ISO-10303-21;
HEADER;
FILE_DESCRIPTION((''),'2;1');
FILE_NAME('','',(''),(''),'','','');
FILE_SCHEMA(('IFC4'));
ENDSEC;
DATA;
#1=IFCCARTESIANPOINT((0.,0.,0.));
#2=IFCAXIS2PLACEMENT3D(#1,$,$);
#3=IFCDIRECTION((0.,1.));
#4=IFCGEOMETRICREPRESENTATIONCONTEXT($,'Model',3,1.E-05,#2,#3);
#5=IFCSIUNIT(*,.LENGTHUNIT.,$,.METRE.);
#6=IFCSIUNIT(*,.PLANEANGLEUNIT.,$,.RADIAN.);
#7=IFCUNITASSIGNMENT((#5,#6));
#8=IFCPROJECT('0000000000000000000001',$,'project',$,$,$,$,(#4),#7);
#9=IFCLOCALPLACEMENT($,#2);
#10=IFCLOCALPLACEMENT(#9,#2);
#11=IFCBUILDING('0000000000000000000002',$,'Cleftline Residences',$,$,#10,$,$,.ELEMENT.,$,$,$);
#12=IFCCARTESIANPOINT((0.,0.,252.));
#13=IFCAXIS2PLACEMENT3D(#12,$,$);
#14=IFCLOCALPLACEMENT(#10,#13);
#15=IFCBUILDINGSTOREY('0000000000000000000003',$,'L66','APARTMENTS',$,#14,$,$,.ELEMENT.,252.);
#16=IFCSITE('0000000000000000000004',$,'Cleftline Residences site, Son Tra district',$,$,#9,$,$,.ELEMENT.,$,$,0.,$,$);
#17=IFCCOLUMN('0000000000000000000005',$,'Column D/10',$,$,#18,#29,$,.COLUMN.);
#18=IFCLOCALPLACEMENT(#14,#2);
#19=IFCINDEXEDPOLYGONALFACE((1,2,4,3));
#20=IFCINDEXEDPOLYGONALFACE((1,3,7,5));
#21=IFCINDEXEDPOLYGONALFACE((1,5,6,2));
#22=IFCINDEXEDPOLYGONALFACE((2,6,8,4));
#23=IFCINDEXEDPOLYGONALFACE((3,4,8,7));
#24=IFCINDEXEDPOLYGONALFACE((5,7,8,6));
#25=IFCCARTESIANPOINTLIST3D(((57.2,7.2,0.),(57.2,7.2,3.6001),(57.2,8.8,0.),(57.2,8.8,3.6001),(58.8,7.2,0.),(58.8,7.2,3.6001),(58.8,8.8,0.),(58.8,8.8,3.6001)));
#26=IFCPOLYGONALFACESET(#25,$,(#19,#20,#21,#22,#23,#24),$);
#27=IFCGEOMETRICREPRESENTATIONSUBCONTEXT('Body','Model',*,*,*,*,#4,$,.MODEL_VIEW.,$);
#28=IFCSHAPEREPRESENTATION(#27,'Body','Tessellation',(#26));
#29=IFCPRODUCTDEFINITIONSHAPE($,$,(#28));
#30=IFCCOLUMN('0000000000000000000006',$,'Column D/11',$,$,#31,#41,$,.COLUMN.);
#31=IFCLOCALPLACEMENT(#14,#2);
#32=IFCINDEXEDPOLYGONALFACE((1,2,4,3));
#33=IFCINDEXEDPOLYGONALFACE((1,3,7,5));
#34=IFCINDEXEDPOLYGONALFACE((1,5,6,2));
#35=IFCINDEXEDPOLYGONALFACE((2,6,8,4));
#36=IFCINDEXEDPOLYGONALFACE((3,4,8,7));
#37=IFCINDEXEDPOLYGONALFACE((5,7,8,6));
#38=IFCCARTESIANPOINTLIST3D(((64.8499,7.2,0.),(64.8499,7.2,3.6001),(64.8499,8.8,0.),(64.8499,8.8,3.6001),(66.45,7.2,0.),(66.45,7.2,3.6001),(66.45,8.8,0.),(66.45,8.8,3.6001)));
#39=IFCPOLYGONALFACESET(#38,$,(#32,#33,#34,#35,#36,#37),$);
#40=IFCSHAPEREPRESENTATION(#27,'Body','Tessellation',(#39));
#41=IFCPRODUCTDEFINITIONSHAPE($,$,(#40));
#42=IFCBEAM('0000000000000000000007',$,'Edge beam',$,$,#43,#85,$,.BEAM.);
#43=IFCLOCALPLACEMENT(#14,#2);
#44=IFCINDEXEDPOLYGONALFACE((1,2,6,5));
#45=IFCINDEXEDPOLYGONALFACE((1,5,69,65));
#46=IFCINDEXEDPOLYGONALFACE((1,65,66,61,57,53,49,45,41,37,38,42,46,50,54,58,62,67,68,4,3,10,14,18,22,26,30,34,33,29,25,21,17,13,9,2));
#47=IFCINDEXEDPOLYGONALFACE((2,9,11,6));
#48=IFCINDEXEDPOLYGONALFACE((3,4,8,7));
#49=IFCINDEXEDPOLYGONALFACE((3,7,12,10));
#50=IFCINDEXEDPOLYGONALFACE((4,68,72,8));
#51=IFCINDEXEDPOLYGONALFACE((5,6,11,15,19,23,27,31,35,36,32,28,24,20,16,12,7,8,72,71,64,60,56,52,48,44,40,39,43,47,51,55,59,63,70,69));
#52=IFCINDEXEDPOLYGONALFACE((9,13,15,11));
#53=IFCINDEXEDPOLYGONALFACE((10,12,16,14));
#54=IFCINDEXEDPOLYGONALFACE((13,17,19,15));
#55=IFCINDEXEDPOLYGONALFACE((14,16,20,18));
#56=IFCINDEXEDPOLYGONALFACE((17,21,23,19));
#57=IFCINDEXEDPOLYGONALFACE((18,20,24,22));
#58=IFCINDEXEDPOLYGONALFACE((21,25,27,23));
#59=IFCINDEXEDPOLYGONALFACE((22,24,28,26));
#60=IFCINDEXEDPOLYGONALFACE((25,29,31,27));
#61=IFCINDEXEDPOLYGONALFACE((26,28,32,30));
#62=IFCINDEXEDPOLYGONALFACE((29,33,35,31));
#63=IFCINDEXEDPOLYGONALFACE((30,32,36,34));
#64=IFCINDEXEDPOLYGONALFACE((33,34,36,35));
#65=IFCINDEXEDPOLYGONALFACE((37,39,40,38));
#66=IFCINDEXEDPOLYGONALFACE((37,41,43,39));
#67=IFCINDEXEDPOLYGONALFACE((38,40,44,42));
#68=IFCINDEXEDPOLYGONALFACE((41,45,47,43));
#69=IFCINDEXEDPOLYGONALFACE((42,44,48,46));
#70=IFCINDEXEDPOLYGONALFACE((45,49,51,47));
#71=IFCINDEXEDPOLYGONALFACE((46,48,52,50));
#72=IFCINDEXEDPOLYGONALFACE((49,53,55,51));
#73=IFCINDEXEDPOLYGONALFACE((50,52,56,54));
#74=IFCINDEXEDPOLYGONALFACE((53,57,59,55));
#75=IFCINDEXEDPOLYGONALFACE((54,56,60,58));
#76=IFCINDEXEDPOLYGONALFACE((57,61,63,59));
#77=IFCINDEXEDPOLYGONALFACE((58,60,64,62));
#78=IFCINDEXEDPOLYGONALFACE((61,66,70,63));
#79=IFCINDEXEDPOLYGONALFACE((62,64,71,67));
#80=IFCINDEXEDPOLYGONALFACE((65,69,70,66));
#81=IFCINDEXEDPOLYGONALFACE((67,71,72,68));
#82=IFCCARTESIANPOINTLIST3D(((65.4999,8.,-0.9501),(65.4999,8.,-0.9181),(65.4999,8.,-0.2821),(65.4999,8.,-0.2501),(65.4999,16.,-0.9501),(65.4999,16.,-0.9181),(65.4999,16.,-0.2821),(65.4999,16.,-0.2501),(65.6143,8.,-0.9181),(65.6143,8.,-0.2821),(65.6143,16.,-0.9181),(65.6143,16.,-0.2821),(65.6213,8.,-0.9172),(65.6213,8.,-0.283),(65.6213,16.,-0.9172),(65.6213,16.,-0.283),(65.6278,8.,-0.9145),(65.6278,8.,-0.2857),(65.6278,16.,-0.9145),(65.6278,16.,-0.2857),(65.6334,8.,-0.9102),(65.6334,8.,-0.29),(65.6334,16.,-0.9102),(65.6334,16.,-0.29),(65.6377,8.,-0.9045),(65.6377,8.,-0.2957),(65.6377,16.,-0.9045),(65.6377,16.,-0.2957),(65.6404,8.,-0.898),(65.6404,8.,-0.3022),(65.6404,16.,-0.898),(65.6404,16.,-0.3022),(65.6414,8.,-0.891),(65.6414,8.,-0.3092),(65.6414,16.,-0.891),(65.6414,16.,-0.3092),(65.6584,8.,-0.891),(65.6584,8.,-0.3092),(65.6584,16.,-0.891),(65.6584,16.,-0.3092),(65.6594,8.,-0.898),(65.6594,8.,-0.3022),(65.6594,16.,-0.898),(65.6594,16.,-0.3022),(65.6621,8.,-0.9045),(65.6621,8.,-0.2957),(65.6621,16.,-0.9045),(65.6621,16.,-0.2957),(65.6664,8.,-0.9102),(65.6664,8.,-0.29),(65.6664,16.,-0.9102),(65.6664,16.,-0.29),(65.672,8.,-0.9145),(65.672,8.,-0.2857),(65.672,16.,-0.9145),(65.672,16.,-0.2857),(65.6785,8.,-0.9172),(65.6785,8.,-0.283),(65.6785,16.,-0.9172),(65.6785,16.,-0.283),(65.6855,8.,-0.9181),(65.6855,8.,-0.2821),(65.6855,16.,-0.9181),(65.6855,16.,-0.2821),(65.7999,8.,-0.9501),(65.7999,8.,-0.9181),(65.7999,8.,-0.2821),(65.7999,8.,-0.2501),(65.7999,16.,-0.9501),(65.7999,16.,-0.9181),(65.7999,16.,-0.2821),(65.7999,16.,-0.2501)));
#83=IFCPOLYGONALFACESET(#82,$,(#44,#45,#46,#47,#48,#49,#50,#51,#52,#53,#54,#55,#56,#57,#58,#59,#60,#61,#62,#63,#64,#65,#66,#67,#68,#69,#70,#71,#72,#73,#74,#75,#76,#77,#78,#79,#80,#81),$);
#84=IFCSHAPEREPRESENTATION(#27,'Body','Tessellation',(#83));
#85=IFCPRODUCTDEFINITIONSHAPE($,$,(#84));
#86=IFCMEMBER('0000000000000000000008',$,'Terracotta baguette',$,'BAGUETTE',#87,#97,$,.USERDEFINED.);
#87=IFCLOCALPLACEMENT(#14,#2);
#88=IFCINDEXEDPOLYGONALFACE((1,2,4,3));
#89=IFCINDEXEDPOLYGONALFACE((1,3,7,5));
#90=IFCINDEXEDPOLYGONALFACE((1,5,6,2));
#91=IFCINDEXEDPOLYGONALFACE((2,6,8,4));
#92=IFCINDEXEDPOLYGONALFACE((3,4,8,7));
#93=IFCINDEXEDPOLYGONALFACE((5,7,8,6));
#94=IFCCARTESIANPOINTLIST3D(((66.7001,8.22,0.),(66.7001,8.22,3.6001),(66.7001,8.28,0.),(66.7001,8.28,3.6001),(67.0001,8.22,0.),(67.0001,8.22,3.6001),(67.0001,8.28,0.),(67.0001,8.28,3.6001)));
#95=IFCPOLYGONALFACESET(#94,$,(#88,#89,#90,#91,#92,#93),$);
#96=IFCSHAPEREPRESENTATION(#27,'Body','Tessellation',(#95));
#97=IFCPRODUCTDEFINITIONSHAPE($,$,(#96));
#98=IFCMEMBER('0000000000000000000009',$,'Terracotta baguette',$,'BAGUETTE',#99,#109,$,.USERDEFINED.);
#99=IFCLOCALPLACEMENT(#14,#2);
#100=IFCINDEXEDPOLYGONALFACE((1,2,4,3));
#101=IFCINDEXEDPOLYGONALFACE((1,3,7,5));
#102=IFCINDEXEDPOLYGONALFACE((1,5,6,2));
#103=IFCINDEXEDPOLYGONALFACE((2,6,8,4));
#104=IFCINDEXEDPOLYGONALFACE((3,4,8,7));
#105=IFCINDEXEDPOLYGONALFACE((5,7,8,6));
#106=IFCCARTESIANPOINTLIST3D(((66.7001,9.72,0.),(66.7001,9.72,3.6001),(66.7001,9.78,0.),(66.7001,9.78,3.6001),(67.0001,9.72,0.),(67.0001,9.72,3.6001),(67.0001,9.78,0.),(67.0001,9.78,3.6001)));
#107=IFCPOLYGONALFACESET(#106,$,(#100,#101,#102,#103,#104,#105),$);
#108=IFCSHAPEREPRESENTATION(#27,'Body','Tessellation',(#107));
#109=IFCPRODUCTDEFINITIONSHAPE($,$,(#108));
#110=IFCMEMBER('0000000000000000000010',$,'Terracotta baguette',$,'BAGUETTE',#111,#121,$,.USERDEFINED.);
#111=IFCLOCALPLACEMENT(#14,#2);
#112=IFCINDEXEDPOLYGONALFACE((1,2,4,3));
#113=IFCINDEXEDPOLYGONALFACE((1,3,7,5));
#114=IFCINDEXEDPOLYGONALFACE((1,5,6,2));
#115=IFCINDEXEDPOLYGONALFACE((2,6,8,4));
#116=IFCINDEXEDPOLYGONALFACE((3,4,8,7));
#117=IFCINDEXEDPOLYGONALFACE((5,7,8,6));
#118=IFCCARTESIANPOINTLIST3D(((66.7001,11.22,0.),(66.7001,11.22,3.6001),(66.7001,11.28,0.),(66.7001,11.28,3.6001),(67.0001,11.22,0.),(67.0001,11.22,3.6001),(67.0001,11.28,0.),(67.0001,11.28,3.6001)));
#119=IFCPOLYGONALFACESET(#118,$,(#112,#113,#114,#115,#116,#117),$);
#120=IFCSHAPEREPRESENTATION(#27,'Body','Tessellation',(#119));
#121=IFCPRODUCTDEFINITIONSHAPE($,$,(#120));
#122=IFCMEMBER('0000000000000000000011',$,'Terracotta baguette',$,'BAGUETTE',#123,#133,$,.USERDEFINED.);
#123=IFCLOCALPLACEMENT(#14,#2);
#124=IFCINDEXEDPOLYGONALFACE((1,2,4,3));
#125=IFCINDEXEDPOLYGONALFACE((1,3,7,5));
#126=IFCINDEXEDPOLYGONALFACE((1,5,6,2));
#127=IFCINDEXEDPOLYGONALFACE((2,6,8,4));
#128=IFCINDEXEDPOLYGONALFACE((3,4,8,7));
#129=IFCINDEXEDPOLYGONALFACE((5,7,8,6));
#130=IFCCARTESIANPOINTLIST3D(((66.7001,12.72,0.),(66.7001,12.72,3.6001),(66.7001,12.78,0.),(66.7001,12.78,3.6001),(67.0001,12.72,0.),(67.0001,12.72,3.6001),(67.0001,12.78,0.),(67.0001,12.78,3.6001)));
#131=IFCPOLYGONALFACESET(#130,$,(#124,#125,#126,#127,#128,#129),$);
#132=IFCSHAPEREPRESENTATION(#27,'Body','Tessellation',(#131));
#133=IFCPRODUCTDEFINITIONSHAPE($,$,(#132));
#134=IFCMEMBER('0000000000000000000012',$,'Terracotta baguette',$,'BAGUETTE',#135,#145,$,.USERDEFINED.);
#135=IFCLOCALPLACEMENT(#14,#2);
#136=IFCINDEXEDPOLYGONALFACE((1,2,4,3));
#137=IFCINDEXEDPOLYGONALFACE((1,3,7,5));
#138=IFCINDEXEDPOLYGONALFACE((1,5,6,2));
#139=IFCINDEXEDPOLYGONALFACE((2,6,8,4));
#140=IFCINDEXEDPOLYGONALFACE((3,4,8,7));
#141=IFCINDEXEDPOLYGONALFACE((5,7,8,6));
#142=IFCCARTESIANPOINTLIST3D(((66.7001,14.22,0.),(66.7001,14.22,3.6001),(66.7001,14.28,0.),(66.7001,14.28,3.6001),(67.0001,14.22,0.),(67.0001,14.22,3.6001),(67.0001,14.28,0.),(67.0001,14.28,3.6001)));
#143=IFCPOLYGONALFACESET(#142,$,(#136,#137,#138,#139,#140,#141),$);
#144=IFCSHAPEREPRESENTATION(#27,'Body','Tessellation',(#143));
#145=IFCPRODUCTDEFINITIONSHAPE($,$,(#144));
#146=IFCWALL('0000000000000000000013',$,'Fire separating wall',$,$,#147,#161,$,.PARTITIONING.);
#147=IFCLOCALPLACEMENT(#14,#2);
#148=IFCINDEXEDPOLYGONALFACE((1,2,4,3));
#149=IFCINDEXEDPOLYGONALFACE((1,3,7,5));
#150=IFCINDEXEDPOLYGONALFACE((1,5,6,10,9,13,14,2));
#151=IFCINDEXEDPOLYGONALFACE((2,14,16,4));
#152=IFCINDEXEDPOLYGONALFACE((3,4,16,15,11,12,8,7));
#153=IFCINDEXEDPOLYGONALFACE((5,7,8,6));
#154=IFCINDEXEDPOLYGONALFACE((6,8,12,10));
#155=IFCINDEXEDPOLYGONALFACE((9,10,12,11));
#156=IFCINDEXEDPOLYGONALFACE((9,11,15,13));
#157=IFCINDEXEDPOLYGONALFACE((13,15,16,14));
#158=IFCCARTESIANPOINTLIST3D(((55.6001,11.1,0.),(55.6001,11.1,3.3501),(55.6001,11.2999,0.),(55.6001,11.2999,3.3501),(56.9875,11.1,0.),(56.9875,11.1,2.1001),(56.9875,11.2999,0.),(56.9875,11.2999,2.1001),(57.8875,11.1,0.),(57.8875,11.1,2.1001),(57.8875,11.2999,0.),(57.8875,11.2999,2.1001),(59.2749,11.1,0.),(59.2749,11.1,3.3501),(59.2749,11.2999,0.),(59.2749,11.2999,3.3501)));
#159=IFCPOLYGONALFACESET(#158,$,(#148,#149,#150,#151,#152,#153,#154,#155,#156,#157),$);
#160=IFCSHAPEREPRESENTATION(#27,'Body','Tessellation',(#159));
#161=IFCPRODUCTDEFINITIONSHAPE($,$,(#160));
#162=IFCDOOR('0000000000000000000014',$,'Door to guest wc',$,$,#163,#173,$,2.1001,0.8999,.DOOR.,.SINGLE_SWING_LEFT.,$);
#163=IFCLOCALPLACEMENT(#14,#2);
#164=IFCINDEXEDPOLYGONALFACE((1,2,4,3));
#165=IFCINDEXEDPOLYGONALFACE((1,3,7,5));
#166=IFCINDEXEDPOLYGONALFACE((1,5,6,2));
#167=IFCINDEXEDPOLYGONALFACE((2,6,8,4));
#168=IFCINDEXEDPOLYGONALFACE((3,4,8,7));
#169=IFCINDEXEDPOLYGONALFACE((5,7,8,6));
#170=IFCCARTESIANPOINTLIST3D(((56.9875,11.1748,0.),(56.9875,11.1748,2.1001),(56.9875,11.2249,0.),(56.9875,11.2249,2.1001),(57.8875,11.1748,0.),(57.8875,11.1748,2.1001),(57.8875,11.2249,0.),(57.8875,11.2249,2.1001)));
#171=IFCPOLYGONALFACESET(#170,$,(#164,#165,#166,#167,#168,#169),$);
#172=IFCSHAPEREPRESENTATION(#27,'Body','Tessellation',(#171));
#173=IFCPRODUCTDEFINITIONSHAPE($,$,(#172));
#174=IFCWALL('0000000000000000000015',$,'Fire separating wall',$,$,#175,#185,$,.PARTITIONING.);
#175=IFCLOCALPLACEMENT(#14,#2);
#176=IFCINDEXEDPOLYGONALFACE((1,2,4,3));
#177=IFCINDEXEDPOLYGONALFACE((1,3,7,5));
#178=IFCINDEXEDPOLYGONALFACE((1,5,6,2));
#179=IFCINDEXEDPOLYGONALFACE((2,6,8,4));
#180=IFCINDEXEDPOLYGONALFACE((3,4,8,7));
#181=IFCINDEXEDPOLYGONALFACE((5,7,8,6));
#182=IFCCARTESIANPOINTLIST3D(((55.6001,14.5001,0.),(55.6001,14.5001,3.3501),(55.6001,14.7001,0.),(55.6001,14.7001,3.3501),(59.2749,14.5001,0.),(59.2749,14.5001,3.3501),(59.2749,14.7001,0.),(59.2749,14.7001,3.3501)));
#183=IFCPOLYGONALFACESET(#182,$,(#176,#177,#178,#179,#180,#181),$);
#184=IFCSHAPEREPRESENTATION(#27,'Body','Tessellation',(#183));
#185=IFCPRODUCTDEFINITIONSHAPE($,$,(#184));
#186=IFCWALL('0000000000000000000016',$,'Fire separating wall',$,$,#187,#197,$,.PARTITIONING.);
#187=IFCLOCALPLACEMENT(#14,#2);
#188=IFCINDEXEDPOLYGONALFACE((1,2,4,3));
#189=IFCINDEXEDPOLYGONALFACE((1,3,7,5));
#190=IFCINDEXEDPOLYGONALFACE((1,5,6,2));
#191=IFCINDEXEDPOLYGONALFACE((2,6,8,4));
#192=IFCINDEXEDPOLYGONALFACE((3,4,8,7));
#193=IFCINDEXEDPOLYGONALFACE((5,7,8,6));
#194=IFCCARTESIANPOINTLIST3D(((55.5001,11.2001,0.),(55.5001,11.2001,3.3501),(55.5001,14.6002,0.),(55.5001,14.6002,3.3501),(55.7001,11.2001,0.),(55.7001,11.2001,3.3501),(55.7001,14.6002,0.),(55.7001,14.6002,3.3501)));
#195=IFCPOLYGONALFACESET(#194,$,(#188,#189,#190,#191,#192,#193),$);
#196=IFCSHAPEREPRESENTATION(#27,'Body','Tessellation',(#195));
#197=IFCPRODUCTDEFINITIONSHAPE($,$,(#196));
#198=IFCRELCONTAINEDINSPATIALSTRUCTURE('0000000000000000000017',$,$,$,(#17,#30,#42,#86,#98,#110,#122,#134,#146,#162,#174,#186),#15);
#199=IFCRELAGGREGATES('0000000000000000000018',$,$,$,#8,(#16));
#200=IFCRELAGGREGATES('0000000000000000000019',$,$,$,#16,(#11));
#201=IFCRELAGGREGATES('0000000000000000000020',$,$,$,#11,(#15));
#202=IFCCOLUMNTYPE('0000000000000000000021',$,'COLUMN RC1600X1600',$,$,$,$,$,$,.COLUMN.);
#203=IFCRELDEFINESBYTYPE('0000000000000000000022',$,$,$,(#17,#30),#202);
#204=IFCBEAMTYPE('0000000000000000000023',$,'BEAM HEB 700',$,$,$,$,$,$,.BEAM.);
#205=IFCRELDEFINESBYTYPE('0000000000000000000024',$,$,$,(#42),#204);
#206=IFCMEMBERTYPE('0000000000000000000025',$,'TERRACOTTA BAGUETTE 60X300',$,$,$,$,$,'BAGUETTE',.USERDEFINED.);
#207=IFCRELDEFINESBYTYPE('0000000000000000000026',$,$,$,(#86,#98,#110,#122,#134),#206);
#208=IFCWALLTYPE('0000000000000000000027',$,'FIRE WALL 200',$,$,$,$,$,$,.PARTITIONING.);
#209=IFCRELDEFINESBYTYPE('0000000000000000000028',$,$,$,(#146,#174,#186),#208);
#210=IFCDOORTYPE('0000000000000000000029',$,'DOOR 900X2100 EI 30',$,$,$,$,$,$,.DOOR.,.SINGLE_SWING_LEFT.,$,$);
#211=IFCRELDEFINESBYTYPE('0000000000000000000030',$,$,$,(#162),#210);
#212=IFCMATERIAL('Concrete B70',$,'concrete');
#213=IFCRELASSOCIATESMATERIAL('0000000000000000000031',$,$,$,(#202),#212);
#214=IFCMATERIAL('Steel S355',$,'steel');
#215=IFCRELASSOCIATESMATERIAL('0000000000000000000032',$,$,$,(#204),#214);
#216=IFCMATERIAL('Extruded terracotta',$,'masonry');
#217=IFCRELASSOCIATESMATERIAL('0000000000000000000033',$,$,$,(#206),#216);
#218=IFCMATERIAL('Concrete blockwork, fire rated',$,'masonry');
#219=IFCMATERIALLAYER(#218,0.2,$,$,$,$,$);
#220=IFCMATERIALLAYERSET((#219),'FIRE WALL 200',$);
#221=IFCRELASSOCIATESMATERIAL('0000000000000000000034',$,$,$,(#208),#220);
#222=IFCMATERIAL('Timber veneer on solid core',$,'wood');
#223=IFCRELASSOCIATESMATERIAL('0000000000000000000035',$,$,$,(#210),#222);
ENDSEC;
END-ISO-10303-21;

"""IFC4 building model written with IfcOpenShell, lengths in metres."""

from ifc_helpers import new_model, si_unit, direction, frame, frame_2d, origin, origin_2d, place, context, subcontext, project, spatial, rectangle, i_section, extrude, material, layer, layer_set, material_profile, profile_set, type_object, element, fill, save


model = new_model("IFC4")

# Units and contexts
model_context = context("Model", 3, precision=1e-05, world=origin(), true_north=direction((0.0, 1.0)))
body_context = subcontext(model_context, "Body", "Model", "MODEL_VIEW")
ifc_project = project(units=[si_unit("LENGTHUNIT", "METRE"), si_unit("PLANEANGLEUNIT", "RADIAN")], contexts=[model_context])

# Site, building, storey
site_placement = place(None, origin())
site = spatial("IfcSite", under=ifc_project, at=site_placement, Name="Cleftline Residences site, Son Tra district", CompositionType="ELEMENT", RefElevation=0.0)
building_placement = place(site_placement, origin())
building = spatial("IfcBuilding", under=site, at=building_placement, Name="Cleftline Residences", CompositionType="ELEMENT")
storey_placement = place(building_placement, frame((0.0, 0.0, 252.0)))
storey = spatial("IfcBuildingStorey", under=building, at=storey_placement, Name="L66", Description="APARTMENTS", CompositionType="ELEMENT", Elevation=252.0)

# Columns
ifc_material_1 = material(Name="Concrete B70", Category="concrete")
ifc_material_profile_1 = material_profile(ifc_material_1, rectangle(XDim=1.6001, YDim=1.6001, at=origin_2d()))
ifc_profile_set_1 = profile_set([ifc_material_profile_1], Name="Concrete B70")
column_type = type_object("IfcColumnType", Name="COLUMN RC1600X1600", PredefinedType="COLUMN", material=ifc_profile_set_1)
for number, where, z_axis, x_axis, name in (
    (1, (58.0, 8.0, 0.0), (0.0, 0.0, 1.0), (1.0, 0.0, 0.0), "Column D/10"),
    (2, (65.6499, 8.0, 0.0), (0.0, 0.0, 1.0), (1.0, 0.0, 0.0), "Column D/11"),
):
    element("IfcColumn", number, at=place(storey_placement, frame(where, z_axis=z_axis, x_axis=x_axis)), inside=storey, type_object=column_type, Name=name, PredefinedType="COLUMN", context=body_context, shape_type="SweptSolid", body=[
        extrude(rectangle(XDim=1.6001, YDim=1.6001, at=origin_2d()), origin(), (0.0, 0.0, 1.0), 3.6001),
    ])

# Beam
ifc_material_2 = material(Name="Steel S355", Category="steel")
ifc_material_profile_2 = material_profile(ifc_material_2, i_section(OverallWidth=0.3, OverallDepth=0.7, WebThickness=0.0171, FlangeThickness=0.032, FilletRadius=0.0271, at=origin_2d()))
ifc_profile_set_2 = profile_set([ifc_material_profile_2], Name="Steel S355")
beam_type = type_object("IfcBeamType", Name="BEAM HEB 700", PredefinedType="BEAM", material=ifc_profile_set_2)
beam_placement = place(storey_placement, frame((65.6499, 8.0, -0.6001), z_axis=(0.0, 1.0, 0.0), x_axis=(-1.0, 0.0, 0.0)))
element("IfcBeam", 3, at=beam_placement, inside=storey, type_object=beam_type, Name="Edge beam", PredefinedType="BEAM", context=body_context, shape_type="SweptSolid", body=[
    extrude(i_section(OverallWidth=0.3, OverallDepth=0.7, WebThickness=0.0171, FlangeThickness=0.032, FilletRadius=0.0271, at=origin_2d()), origin(), (0.0, 0.0, 1.0), 8.0),
])

# Members
ifc_material_3 = material(Name="Extruded terracotta", Category="masonry")
ifc_material_profile_3 = material_profile(ifc_material_3, rectangle(XDim=0.0601, YDim=0.3, at=origin_2d()))
ifc_profile_set_3 = profile_set([ifc_material_profile_3], Name="Extruded terracotta")
member_type = type_object("IfcMemberType", Name="TERRACOTTA BAGUETTE 60X300", ElementType="BAGUETTE", PredefinedType="USERDEFINED", material=ifc_profile_set_3)
for number, where, z_axis, x_axis, name in (
    (4, (66.8501, 8.25, 0.0), (0.0, 0.0, 1.0), (0.0, 1.0, 0.0), "Terracotta baguette"),
    (5, (66.8501, 9.75, 0.0), (0.0, 0.0, 1.0), (0.0, 1.0, 0.0), "Terracotta baguette"),
    (6, (66.8501, 11.25, 0.0), (0.0, 0.0, 1.0), (0.0, 1.0, 0.0), "Terracotta baguette"),
    (7, (66.8501, 12.75, 0.0), (0.0, 0.0, 1.0), (0.0, 1.0, 0.0), "Terracotta baguette"),
    (8, (66.8501, 14.25, 0.0), (0.0, 0.0, 1.0), (0.0, 1.0, 0.0), "Terracotta baguette"),
):
    element("IfcMember", number, at=place(storey_placement, frame(where, z_axis=z_axis, x_axis=x_axis)), inside=storey, type_object=member_type, Name=name, ObjectType="BAGUETTE", PredefinedType="USERDEFINED", context=body_context, shape_type="SweptSolid", body=[
        extrude(rectangle(XDim=0.0601, YDim=0.3, at=origin_2d()), origin(), (0.0, 0.0, 1.0), 3.6001),
    ])

# Wall, opening, door
ifc_material_4 = material(Name="Concrete blockwork, fire rated", Category="masonry")
ifc_layer_1 = layer(ifc_material_4, 0.2)
ifc_layer_set_1 = layer_set([ifc_layer_1], Name="FIRE WALL 200")
wall_type_1 = type_object("IfcWallType", Name="FIRE WALL 200", PredefinedType="PARTITIONING", material=ifc_layer_set_1)
wall_1_placement = place(storey_placement, frame((55.6001, 11.2, 0.0), z_axis=(0.0, 0.0, 1.0), x_axis=(1.0, 0.0, 0.0)))
wall_1 = element("IfcWall", 9, at=wall_1_placement, inside=storey, type_object=wall_type_1, Name="Fire separating wall", PredefinedType="PARTITIONING", context=body_context, shape_type="SweptSolid", body=[
    extrude(rectangle(XDim=3.6748, YDim=0.2, at=frame_2d((1.8374, 0.0))), origin(), (0.0, 0.0, 1.0), 3.3501),
])
opening_1_placement = place(wall_1_placement, frame((1.3875, 0.0, 0.0)))
opening_1 = element("IfcOpeningElement", 10, at=opening_1_placement, cuts=wall_1, PredefinedType="OPENING", context=body_context, shape_type="SweptSolid", body=[
    extrude(rectangle(XDim=0.8999, YDim=2.1001, at=frame_2d((0.45, 1.05))), frame((0.0, 0.1099, 0.0), z_axis=(0.0, -1.0, 0.0), x_axis=(1.0, 0.0, 0.0)), (0.0, 0.0, 1.0), 0.22),
])
ifc_material_5 = material(Name="Timber veneer on solid core", Category="wood")
door_type_1 = type_object("IfcDoorType", Name="DOOR 900X2100 EI 30", OperationType="SINGLE_SWING_LEFT", PredefinedType="DOOR", material=ifc_material_5)
door_1_placement = place(opening_1_placement, origin())
door_1 = element("IfcDoor", 11, at=door_1_placement, inside=storey, type_object=door_type_1, Name="Door to guest wc", OperationType="SINGLE_SWING_LEFT", OverallHeight=2.1001, OverallWidth=0.8999, PredefinedType="DOOR", context=body_context, shape_type="SweptSolid", body=[
    extrude(rectangle(XDim=0.8999, YDim=2.1001, at=frame_2d((0.45, 1.05))), frame((0.0, 0.0249, 0.0), z_axis=(0.0, -1.0, 0.0), x_axis=(1.0, 0.0, 0.0)), (0.0, 0.0, 1.0), 0.05),
])
fill(opening_1, door_1)

# Walls
wall_2_placement = place(storey_placement, frame((55.6001, 14.6001, 0.0), z_axis=(0.0, 0.0, 1.0), x_axis=(1.0, 0.0, 0.0)))
element("IfcWall", 12, at=wall_2_placement, inside=storey, type_object=wall_type_1, Name="Fire separating wall", PredefinedType="PARTITIONING", context=body_context, shape_type="SweptSolid", body=[
    extrude(rectangle(XDim=3.6748, YDim=0.2, at=frame_2d((1.8374, 0.0))), origin(), (0.0, 0.0, 1.0), 3.3501),
])
for number, where, z_axis, x_axis, name in (
    (13, (55.6001, 11.2, 0.0), (0.0, 0.0, 1.0), (0.0, 1.0, 0.0), "Fire separating wall"),
):
    element("IfcWall", number, at=place(storey_placement, frame(where, z_axis=z_axis, x_axis=x_axis)), inside=storey, type_object=wall_type_1, Name=name, PredefinedType="PARTITIONING", context=body_context, shape_type="SweptSolid", body=[
        extrude(rectangle(XDim=3.4001, YDim=0.2, at=frame_2d((1.7002, 0.0))), origin(), (0.0, 0.0, 1.0), 3.3501),
    ])

save(model, "model.ifc")
